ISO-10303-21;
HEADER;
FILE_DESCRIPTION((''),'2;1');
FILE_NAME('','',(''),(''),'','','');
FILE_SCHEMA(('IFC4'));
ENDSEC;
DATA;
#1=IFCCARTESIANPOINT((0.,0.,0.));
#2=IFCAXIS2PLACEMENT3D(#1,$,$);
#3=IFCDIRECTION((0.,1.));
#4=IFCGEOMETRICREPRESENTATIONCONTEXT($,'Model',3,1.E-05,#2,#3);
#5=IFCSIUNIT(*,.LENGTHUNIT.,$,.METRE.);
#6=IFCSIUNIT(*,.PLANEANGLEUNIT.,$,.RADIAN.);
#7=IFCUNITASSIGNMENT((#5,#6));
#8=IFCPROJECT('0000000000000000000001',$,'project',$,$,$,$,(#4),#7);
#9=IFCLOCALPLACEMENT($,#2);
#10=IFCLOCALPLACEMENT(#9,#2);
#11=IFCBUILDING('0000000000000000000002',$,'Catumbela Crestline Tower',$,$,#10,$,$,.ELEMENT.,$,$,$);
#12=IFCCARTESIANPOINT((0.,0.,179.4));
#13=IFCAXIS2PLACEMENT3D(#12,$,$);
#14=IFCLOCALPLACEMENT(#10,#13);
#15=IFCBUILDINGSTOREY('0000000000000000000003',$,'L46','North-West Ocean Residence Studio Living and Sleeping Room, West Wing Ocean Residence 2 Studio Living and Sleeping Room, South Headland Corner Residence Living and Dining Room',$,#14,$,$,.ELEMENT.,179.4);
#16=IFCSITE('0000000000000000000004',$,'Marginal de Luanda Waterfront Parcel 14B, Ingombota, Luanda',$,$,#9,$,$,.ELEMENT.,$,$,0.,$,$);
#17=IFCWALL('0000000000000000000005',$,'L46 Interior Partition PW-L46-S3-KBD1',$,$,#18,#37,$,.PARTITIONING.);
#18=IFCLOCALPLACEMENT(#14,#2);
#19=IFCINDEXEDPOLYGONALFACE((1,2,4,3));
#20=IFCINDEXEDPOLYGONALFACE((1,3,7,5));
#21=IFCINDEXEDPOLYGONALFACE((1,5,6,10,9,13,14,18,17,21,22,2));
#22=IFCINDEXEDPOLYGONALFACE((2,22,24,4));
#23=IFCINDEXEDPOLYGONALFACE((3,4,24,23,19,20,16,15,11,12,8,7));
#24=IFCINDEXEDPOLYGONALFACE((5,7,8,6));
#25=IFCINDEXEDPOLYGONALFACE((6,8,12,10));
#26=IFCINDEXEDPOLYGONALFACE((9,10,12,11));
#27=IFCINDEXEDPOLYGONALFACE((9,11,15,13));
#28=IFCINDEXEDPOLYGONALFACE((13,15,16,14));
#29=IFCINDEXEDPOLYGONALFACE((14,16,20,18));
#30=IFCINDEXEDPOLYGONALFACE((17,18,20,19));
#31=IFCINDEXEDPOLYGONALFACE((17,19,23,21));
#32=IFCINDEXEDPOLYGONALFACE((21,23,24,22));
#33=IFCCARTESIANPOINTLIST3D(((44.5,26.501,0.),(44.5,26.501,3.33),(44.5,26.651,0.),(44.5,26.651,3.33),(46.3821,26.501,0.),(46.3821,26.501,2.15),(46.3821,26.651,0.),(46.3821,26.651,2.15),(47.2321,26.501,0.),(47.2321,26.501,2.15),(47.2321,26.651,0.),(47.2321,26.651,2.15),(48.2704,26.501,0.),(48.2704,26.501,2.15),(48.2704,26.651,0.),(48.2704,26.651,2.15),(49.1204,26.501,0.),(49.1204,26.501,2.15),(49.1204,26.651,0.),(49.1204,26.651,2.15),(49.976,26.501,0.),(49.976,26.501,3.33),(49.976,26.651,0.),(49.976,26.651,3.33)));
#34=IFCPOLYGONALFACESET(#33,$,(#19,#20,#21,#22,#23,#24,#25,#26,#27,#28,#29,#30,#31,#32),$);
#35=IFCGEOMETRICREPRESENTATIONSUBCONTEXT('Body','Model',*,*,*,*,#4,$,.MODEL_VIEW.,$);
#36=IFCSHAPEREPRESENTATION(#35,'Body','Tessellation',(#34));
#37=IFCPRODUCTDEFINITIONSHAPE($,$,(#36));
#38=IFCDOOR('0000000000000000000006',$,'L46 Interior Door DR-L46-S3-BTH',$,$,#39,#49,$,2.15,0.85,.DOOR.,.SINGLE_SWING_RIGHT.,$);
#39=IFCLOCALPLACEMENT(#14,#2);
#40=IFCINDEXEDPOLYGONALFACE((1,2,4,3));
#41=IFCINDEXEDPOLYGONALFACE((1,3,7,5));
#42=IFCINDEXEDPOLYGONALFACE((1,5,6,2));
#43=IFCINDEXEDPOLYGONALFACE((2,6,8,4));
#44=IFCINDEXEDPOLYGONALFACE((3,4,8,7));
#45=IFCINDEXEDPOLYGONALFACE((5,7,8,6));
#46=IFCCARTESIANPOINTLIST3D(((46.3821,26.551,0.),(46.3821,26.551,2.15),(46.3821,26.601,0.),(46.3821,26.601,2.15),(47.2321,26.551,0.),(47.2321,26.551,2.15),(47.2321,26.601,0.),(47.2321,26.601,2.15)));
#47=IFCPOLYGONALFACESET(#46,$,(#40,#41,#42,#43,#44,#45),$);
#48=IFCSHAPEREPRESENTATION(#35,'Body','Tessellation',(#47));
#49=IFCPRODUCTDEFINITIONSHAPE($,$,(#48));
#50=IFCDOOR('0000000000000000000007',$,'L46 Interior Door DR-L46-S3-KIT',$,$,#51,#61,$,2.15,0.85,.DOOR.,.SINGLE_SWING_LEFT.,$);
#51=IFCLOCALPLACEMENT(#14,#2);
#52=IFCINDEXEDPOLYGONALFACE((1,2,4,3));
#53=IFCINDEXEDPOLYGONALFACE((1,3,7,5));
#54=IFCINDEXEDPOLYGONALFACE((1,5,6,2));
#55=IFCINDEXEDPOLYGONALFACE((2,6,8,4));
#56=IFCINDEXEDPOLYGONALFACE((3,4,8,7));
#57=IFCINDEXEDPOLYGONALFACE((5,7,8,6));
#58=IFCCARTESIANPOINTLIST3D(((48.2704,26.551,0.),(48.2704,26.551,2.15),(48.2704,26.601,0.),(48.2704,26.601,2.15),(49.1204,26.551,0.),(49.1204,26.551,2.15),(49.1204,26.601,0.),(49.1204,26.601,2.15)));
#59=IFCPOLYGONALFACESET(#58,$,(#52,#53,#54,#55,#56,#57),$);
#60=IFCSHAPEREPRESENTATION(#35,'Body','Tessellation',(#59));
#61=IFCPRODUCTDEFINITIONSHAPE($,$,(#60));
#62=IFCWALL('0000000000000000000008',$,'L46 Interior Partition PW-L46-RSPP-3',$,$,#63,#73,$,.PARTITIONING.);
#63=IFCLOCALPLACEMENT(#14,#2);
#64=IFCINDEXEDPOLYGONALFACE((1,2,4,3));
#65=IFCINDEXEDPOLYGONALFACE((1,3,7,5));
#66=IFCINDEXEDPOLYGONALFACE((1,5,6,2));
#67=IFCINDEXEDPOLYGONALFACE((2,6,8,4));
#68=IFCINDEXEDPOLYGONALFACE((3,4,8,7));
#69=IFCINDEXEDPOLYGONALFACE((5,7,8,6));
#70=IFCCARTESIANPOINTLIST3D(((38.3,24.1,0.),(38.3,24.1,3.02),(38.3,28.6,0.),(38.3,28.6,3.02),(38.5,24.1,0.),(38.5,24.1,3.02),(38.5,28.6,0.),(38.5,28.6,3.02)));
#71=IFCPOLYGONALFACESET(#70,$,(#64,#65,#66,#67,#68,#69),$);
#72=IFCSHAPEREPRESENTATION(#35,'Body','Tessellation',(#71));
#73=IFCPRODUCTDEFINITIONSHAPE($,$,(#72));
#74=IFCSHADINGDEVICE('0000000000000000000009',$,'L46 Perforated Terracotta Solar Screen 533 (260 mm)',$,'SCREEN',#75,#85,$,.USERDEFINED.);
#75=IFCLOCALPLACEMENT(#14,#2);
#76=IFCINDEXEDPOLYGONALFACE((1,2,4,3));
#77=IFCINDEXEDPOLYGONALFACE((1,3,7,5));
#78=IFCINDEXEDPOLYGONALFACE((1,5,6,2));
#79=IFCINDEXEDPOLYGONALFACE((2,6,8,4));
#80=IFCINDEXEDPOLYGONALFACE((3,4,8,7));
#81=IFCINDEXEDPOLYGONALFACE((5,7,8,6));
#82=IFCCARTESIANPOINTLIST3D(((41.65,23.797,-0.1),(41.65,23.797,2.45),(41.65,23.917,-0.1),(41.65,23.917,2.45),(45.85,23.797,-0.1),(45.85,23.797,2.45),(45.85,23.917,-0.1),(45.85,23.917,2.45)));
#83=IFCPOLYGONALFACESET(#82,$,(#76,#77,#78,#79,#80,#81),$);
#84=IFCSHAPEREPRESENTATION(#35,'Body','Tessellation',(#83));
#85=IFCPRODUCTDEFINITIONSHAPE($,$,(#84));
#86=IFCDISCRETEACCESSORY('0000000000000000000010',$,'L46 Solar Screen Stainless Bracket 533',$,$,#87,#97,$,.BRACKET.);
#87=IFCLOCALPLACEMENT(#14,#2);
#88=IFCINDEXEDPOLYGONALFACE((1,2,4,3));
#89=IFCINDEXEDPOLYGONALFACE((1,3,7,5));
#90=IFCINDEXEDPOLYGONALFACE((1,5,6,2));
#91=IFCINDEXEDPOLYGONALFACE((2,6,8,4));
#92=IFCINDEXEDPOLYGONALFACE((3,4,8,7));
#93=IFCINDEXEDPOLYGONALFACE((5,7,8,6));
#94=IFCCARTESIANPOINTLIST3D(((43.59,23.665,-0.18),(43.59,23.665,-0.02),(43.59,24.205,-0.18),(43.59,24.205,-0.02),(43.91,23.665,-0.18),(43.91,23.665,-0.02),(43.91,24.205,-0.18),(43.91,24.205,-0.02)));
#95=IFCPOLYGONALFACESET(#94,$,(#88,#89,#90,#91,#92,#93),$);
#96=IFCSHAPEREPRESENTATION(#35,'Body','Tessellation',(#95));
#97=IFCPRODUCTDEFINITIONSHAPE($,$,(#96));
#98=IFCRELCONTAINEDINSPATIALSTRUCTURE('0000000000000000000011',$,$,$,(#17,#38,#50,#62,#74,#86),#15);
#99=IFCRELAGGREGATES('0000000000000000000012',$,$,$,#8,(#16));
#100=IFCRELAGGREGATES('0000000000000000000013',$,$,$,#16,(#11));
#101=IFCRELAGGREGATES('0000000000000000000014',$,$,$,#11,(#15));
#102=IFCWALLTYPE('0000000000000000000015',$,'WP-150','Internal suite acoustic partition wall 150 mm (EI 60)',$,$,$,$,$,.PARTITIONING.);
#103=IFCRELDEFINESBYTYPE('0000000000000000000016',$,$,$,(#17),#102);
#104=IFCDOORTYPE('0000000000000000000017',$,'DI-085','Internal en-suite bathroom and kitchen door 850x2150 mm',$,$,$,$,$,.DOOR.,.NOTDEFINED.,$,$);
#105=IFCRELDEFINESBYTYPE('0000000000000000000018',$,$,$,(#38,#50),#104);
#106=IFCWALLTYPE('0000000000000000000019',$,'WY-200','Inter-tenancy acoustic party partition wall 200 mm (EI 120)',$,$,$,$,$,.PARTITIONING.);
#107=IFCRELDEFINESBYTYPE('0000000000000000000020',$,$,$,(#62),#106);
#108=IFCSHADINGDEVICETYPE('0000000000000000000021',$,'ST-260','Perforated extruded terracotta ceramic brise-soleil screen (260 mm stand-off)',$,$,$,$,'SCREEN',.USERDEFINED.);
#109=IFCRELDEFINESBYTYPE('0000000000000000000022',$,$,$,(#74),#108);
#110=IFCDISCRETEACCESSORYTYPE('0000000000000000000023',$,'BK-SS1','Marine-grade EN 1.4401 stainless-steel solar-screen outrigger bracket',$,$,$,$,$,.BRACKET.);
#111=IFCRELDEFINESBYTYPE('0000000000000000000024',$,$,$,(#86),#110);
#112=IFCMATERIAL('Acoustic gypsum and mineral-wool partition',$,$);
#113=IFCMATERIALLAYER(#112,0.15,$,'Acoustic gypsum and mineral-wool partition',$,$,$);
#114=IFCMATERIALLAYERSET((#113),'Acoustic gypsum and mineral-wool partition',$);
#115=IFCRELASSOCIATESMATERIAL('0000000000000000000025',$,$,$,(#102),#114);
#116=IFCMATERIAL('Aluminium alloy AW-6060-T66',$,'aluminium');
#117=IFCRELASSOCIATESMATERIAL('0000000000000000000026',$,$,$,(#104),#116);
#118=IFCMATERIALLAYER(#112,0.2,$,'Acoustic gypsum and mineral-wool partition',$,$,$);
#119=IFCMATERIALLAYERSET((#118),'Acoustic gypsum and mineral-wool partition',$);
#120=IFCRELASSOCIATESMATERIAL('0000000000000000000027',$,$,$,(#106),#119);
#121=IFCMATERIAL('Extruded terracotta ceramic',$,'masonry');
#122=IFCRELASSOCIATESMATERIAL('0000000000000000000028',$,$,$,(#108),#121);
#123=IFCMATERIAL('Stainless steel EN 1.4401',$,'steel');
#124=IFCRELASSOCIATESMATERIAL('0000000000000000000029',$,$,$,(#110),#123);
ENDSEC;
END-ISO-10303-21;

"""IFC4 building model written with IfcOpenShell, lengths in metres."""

from ifc_helpers import new_model, si_unit, direction, frame, frame_2d, origin, origin_2d, place, context, subcontext, project, spatial, rectangle, extrude, material, layer, layer_set, type_object, element, fill, save


model = new_model("IFC4")

# Units and contexts
model_context = context("Model", 3, precision=1e-05, world=origin(), true_north=direction((0.0, 1.0)))
body_context = subcontext(model_context, "Body", "Model", "MODEL_VIEW")
ifc_project = project(units=[si_unit("LENGTHUNIT", "METRE"), si_unit("PLANEANGLEUNIT", "RADIAN")], contexts=[model_context])

# Site, building, storey
site_placement = place(None, origin())
site = spatial("IfcSite", under=ifc_project, at=site_placement, Name="Marginal de Luanda Waterfront Parcel 14B, Ingombota, Luanda", CompositionType="ELEMENT", RefElevation=0.0)
building_placement = place(site_placement, origin())
building = spatial("IfcBuilding", under=site, at=building_placement, Name="Catumbela Crestline Tower", CompositionType="ELEMENT")
storey_placement = place(building_placement, frame((0.0, 0.0, 179.4)))
storey = spatial("IfcBuildingStorey", under=building, at=storey_placement, Name="L46", Description="North-West Ocean Residence Studio Living and Sleeping Room, West Wing Ocean Residence 2 Studio Living and Sleeping Room, South Headland Corner Residence Living and Dining Room", CompositionType="ELEMENT", Elevation=179.4)

# Shared definitions
ifc_material_1 = material(Name="Aluminium alloy AW-6060-T66", Category="aluminium")

# Shared definitions
ifc_material_2 = material(Name="Acoustic gypsum and mineral-wool partition")
ifc_layer_1 = layer(ifc_material_2, 0.15, Name="Acoustic gypsum and mineral-wool partition")
ifc_layer_set_1 = layer_set([ifc_layer_1], Name="Acoustic gypsum and mineral-wool partition")
wall_type_1 = type_object("IfcWallType", Name="WP-150", Description="Internal suite acoustic partition wall 150 mm (EI 60)", PredefinedType="PARTITIONING", material=ifc_layer_set_1)

# Wall, openings, doors
wall_1_placement = place(storey_placement, frame((44.5, 26.576, 0.0), z_axis=(0.0, 0.0, 1.0), x_axis=(1.0, 0.0, 0.0)))
wall_1 = element("IfcWall", 1, at=wall_1_placement, inside=storey, type_object=wall_type_1, Name="L46 Interior Partition PW-L46-S3-KBD1", PredefinedType="PARTITIONING", context=body_context, shape_type="SweptSolid", body=[
    extrude(rectangle(XDim=5.476, YDim=0.15, at=frame_2d((2.738, 0.0))), origin(), (0.0, 0.0, 1.0), 3.33),
])
opening_1_placement = place(wall_1_placement, frame((1.8821, 0.0, 0.0)))
opening_1 = element("IfcOpeningElement", 2, at=opening_1_placement, cuts=wall_1, PredefinedType="OPENING", context=body_context, shape_type="SweptSolid", body=[
    extrude(rectangle(XDim=0.85, YDim=2.15, at=frame_2d((0.425, 1.075))), frame((0.0, 0.085, 0.0), z_axis=(0.0, -1.0, 0.0), x_axis=(1.0, 0.0, 0.0)), (0.0, 0.0, 1.0), 0.17),
])
opening_2_placement = place(wall_1_placement, frame((3.7704, 0.0, 0.0)))
opening_2 = element("IfcOpeningElement", 3, at=opening_2_placement, cuts=wall_1, PredefinedType="OPENING", context=body_context, shape_type="SweptSolid", body=[
    extrude(rectangle(XDim=0.85, YDim=2.15, at=frame_2d((0.425, 1.075))), frame((0.0, 0.085, 0.0), z_axis=(0.0, -1.0, 0.0), x_axis=(1.0, 0.0, 0.0)), (0.0, 0.0, 1.0), 0.17),
])
door_type = type_object("IfcDoorType", Name="DI-085", Description="Internal en-suite bathroom and kitchen door 850x2150 mm", OperationType="NOTDEFINED", PredefinedType="DOOR", material=ifc_material_1)
door_1_placement = place(opening_1_placement, origin())
door_1 = element("IfcDoor", 4, at=door_1_placement, inside=storey, type_object=door_type, Name="L46 Interior Door DR-L46-S3-BTH", OperationType="SINGLE_SWING_RIGHT", OverallHeight=2.15, OverallWidth=0.85, PredefinedType="DOOR", context=body_context, shape_type="SweptSolid", body=[
    extrude(rectangle(XDim=0.85, YDim=2.15, at=frame_2d((0.425, 1.075))), frame((0.0, 0.025, 0.0), z_axis=(0.0, -1.0, 0.0), x_axis=(1.0, 0.0, 0.0)), (0.0, 0.0, 1.0), 0.05),
])
fill(opening_1, door_1)
door_2_placement = place(opening_2_placement, origin())
door_2 = element("IfcDoor", 5, at=door_2_placement, inside=storey, type_object=door_type, Name="L46 Interior Door DR-L46-S3-KIT", OperationType="SINGLE_SWING_LEFT", OverallHeight=2.15, OverallWidth=0.85, PredefinedType="DOOR", context=body_context, shape_type="SweptSolid", body=[
    extrude(rectangle(XDim=0.85, YDim=2.15, at=frame_2d((0.425, 1.075))), frame((0.0, 0.025, 0.0), z_axis=(0.0, -1.0, 0.0), x_axis=(1.0, 0.0, 0.0)), (0.0, 0.0, 1.0), 0.05),
])
fill(opening_2, door_2)

# Wall
ifc_layer_2 = layer(ifc_material_2, 0.2, Name="Acoustic gypsum and mineral-wool partition")
ifc_layer_set_2 = layer_set([ifc_layer_2], Name="Acoustic gypsum and mineral-wool partition")
wall_type_2 = type_object("IfcWallType", Name="WY-200", Description="Inter-tenancy acoustic party partition wall 200 mm (EI 120)", PredefinedType="PARTITIONING", material=ifc_layer_set_2)
wall_2_placement = place(storey_placement, frame((38.4, 24.1, 0.0), z_axis=(0.0, 0.0, 1.0), x_axis=(0.0, 1.0, 0.0)))
element("IfcWall", 6, at=wall_2_placement, inside=storey, type_object=wall_type_2, Name="L46 Interior Partition PW-L46-RSPP-3", PredefinedType="PARTITIONING", context=body_context, shape_type="SweptSolid", body=[
    extrude(rectangle(XDim=4.5, YDim=0.2, at=frame_2d((2.25, 0.0))), origin(), (0.0, 0.0, 1.0), 3.02),
])

# Shading device
ifc_material_3 = material(Name="Extruded terracotta ceramic", Category="masonry")
shading_device_type = type_object("IfcShadingDeviceType", Name="ST-260", Description="Perforated extruded terracotta ceramic brise-soleil screen (260 mm stand-off)", ElementType="SCREEN", PredefinedType="USERDEFINED", material=ifc_material_3)
shading_device_placement = place(storey_placement, frame((43.75, 23.857, -0.1), z_axis=(0.0, 0.0, 1.0), x_axis=(1.0, 0.0, 0.0)))
element("IfcShadingDevice", 7, at=shading_device_placement, inside=storey, type_object=shading_device_type, Name="L46 Perforated Terracotta Solar Screen 533 (260 mm)", ObjectType="SCREEN", PredefinedType="USERDEFINED", context=body_context, shape_type="SweptSolid", body=[
    extrude(rectangle(XDim=4.2, YDim=0.12, at=origin_2d()), origin(), (0.0, 0.0, 1.0), 2.55),
])

# Discrete accessory
ifc_material_4 = material(Name="Stainless steel EN 1.4401", Category="steel")
discrete_accessory_type = type_object("IfcDiscreteAccessoryType", Name="BK-SS1", Description="Marine-grade EN 1.4401 stainless-steel solar-screen outrigger bracket", PredefinedType="BRACKET", material=ifc_material_4)
discrete_accessory_placement = place(storey_placement, frame((43.75, 23.935, -0.18), z_axis=(0.0, 0.0, 1.0), x_axis=(1.0, 0.0, 0.0)))
element("IfcDiscreteAccessory", 8, at=discrete_accessory_placement, inside=storey, type_object=discrete_accessory_type, Name="L46 Solar Screen Stainless Bracket 533", PredefinedType="BRACKET", context=body_context, shape_type="SweptSolid", body=[
    extrude(rectangle(XDim=0.32, YDim=0.54, at=origin_2d()), origin(), (0.0, 0.0, 1.0), 0.16),
])

save(model, "model.ifc")
